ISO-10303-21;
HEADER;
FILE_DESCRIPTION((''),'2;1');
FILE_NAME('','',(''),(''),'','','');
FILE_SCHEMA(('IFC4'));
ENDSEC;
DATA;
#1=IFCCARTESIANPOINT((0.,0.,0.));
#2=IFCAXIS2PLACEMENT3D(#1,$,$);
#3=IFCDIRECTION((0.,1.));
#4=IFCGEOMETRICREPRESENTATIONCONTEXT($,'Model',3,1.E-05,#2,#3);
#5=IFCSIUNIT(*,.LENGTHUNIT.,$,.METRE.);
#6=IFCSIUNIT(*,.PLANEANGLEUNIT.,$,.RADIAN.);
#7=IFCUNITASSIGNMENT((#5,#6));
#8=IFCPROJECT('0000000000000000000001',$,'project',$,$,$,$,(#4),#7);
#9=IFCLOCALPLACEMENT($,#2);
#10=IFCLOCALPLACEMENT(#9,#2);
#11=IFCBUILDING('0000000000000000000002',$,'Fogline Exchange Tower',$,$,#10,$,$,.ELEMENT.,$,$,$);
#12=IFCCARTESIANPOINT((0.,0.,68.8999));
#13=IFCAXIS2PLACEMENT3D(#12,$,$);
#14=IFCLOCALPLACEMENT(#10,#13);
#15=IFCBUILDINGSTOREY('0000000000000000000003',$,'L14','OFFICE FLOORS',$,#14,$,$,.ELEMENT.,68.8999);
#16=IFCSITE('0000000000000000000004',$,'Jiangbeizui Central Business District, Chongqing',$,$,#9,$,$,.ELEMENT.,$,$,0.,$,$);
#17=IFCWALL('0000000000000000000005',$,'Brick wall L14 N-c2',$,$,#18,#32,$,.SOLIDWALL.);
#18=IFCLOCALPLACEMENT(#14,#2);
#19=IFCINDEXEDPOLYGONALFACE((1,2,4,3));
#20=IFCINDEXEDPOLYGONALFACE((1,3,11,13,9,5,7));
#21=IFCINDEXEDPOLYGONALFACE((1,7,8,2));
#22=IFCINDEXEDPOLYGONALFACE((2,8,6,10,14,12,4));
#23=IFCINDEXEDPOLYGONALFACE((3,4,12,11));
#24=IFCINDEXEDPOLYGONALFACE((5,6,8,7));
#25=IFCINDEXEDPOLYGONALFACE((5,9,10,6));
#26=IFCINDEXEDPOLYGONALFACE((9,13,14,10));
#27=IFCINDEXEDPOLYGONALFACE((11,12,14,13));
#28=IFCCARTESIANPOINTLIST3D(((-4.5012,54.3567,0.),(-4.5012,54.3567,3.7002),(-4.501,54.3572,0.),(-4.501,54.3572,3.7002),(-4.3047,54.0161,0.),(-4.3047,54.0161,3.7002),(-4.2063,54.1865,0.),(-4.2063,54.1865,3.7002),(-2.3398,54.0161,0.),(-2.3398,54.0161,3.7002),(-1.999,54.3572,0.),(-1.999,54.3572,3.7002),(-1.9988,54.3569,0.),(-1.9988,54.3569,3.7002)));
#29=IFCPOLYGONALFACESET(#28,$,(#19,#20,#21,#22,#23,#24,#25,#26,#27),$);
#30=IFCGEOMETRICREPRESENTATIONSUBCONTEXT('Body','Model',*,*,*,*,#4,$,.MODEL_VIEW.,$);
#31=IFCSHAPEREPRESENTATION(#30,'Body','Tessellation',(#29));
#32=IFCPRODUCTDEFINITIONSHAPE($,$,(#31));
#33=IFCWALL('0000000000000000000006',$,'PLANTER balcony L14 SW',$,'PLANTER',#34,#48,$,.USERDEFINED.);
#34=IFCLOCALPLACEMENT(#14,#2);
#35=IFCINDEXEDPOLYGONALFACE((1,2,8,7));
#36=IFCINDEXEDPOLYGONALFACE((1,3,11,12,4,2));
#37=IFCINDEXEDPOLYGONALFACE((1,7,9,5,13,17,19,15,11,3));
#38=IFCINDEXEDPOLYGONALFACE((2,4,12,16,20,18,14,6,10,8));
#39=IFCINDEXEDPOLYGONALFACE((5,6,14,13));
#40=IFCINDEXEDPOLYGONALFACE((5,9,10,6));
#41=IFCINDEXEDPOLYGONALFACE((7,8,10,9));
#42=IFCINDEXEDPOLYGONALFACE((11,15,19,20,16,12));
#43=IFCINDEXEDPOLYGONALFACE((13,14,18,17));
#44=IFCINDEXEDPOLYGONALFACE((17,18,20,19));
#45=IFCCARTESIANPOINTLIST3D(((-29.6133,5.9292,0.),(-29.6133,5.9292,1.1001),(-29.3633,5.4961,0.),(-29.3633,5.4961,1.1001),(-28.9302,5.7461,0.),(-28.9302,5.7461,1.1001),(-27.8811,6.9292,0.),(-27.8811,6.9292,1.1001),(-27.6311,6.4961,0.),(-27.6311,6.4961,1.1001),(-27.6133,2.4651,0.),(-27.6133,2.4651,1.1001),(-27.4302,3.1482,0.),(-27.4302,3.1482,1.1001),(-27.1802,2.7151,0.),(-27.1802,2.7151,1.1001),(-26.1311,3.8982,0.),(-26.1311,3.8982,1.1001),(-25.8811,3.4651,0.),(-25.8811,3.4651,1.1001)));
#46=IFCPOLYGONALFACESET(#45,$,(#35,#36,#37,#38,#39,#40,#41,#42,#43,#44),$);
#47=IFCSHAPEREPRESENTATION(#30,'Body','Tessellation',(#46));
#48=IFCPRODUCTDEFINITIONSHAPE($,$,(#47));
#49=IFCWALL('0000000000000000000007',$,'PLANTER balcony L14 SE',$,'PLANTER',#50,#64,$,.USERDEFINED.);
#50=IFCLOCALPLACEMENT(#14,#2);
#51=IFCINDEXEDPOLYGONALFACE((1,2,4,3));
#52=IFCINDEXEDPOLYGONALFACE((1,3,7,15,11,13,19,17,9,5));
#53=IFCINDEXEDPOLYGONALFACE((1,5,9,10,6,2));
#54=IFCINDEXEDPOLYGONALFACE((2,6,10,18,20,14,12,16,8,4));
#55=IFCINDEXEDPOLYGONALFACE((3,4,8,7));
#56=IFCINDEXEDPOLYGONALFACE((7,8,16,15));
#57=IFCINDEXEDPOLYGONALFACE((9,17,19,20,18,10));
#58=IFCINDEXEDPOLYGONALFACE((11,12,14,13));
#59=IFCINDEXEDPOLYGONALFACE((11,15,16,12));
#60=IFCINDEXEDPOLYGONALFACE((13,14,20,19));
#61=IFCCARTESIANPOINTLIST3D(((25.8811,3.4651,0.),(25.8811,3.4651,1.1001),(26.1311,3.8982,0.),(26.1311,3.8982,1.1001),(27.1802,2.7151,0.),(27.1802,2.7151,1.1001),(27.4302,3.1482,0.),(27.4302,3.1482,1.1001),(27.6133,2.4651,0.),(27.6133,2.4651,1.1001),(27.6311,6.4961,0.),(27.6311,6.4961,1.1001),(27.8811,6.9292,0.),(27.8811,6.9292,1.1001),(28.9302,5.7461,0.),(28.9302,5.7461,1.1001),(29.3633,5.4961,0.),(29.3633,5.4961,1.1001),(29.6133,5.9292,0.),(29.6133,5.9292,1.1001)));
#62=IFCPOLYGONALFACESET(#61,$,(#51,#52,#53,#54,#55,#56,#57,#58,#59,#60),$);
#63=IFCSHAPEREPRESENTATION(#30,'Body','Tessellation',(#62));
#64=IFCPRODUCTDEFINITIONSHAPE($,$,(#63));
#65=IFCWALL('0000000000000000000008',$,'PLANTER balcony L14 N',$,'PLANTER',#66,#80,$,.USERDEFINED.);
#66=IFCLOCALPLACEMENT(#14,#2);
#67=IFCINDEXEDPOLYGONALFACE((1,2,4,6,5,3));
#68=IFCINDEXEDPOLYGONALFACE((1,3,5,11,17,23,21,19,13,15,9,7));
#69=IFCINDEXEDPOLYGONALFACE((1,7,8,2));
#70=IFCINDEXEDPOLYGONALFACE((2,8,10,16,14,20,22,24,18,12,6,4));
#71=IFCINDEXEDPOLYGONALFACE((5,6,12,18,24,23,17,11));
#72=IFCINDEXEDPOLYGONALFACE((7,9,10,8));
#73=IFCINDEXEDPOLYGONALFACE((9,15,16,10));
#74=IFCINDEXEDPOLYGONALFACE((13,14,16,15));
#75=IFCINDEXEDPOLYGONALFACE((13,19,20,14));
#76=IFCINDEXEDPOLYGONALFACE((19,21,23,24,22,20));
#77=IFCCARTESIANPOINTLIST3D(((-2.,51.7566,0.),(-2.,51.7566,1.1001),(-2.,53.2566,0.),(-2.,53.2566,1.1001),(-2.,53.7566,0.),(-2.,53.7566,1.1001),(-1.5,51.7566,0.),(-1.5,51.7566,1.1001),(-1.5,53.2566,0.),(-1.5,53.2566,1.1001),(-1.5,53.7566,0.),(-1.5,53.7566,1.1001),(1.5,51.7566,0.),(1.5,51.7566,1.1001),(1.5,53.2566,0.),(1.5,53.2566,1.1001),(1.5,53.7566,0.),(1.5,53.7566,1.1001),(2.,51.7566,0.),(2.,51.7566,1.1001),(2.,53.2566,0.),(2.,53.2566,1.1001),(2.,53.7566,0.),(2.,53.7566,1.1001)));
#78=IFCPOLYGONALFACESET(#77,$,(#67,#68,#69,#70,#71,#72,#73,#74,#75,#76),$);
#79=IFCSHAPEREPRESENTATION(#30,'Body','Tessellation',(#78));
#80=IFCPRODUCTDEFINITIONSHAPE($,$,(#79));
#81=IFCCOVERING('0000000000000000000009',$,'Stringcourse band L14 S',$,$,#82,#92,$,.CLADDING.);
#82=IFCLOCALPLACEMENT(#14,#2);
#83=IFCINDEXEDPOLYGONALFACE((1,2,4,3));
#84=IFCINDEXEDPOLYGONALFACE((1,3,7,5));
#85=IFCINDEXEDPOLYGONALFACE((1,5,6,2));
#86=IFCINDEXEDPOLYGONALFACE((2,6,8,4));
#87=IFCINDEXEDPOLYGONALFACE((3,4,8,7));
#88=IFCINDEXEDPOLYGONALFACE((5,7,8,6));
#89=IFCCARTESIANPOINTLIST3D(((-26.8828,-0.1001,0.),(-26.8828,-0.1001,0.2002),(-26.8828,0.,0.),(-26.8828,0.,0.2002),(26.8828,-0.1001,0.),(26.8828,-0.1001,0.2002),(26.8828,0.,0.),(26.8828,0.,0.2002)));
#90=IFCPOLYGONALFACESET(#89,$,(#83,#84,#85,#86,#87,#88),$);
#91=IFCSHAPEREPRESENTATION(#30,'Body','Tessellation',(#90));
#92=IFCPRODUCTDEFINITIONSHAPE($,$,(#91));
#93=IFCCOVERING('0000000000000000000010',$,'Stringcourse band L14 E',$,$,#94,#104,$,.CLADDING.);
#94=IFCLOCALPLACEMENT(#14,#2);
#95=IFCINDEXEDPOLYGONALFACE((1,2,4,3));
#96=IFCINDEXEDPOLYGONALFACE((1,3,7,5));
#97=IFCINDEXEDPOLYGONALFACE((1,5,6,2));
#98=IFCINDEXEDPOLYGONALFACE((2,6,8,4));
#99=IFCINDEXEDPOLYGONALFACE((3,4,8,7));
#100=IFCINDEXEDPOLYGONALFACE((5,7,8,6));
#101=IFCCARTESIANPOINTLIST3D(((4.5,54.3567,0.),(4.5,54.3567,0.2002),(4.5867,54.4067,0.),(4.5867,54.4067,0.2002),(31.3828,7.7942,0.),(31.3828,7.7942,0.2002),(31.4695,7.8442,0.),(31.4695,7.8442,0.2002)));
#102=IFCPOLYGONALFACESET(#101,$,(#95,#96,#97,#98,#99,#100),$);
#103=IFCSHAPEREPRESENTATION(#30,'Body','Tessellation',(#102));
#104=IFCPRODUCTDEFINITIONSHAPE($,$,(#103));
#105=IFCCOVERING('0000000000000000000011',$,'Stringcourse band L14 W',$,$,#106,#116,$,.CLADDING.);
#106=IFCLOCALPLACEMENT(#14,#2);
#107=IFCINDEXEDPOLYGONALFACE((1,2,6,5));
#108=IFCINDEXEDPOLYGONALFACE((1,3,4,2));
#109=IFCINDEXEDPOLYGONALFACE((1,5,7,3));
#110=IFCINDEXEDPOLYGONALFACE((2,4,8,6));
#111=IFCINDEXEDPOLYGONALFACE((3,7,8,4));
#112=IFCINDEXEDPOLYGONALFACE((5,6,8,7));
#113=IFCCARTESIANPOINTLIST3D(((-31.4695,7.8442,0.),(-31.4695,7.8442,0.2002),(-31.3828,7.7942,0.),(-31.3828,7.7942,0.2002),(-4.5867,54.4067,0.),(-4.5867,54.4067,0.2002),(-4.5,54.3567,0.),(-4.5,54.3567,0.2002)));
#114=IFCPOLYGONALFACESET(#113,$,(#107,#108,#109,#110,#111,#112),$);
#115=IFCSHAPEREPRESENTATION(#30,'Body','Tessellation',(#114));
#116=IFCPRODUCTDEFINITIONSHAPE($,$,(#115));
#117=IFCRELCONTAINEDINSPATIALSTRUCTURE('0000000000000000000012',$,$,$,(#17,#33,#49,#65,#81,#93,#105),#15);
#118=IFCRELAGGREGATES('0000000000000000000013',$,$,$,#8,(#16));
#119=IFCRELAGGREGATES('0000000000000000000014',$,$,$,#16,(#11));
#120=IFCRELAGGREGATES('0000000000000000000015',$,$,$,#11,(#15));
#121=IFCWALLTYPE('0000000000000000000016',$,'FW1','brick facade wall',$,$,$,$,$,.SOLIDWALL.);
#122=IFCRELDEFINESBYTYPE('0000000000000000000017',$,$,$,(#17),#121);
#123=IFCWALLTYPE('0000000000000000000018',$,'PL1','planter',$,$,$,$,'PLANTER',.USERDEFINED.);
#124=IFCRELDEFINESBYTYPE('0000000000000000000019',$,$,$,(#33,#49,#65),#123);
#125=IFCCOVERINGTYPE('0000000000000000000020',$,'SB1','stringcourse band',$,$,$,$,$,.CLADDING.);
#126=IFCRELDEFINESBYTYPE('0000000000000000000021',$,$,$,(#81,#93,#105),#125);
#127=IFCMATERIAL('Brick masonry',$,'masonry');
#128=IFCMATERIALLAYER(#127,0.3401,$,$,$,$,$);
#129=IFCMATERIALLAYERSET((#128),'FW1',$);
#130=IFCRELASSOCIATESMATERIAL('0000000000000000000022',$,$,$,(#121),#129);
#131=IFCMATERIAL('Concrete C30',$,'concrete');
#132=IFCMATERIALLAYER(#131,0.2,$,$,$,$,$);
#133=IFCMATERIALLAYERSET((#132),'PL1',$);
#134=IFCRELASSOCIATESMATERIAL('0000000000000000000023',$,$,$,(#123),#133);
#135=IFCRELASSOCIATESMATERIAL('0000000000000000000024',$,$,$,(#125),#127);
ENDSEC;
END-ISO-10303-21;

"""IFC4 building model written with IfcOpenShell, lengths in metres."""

from ifc_helpers import new_model, si_unit, direction, frame, origin, place, context, subcontext, project, spatial, polyline, outline, extrude, material, layer, layer_set, type_object, element, save


model = new_model("IFC4")

# Units and contexts
model_context = context("Model", 3, precision=1e-05, world=origin(), true_north=direction((0.0, 1.0)))
body_context = subcontext(model_context, "Body", "Model", "MODEL_VIEW")
ifc_project = project(units=[si_unit("LENGTHUNIT", "METRE"), si_unit("PLANEANGLEUNIT", "RADIAN")], contexts=[model_context])

# Site, building, storey
site_placement = place(None, origin())
site = spatial("IfcSite", under=ifc_project, at=site_placement, Name="Jiangbeizui Central Business District, Chongqing", CompositionType="ELEMENT", RefElevation=0.0)
building_placement = place(site_placement, origin())
building = spatial("IfcBuilding", under=site, at=building_placement, Name="Fogline Exchange Tower", CompositionType="ELEMENT")
storey_placement = place(building_placement, frame((0.0, 0.0, 68.8999)))
storey = spatial("IfcBuildingStorey", under=building, at=storey_placement, Name="L14", Description="OFFICE FLOORS", CompositionType="ELEMENT", Elevation=68.8999)

# Walls
ifc_material_1 = material(Name="Brick masonry", Category="masonry")
ifc_layer_1 = layer(ifc_material_1, 0.3401)
ifc_layer_set_1 = layer_set([ifc_layer_1], Name="FW1")
wall_type_1 = type_object("IfcWallType", Name="FW1", Description="brick facade wall", PredefinedType="SOLIDWALL", material=ifc_layer_set_1)
wall_1_placement = place(storey_placement, origin())
element("IfcWall", 1, at=wall_1_placement, inside=storey, type_object=wall_type_1, Name="Brick wall L14 N-c2", PredefinedType="SOLIDWALL", context=body_context, shape_type="SweptSolid", body=[
    extrude(outline(polyline([(-4.3047, 54.0161), (-4.2063, 54.1865), (-4.5012, 54.3567), (-4.501, 54.3572), (-1.999, 54.3572), (-1.9988, 54.3569), (-2.3398, 54.0161), (-4.3047, 54.0161)])), origin(), (0.0, 0.0, 1.0), 3.7002),
])
ifc_material_2 = material(Name="Concrete C30", Category="concrete")
ifc_layer_2 = layer(ifc_material_2, 0.2)
ifc_layer_set_2 = layer_set([ifc_layer_2], Name="PL1")
wall_type_2 = type_object("IfcWallType", Name="PL1", Description="planter", ElementType="PLANTER", PredefinedType="USERDEFINED", material=ifc_layer_set_2)
wall_2_placement = place(storey_placement, origin())
element("IfcWall", 2, at=wall_2_placement, inside=storey, type_object=wall_type_2, Name="PLANTER balcony L14 SW", ObjectType="PLANTER", PredefinedType="USERDEFINED", context=body_context, shape_type="SweptSolid", body=[
    extrude(outline(polyline([(-26.1311, 3.8982), (-27.4302, 3.1482), (-28.9302, 5.7461), (-27.6311, 6.4961), (-27.8811, 6.9292), (-29.6133, 5.9292), (-29.3633, 5.4961), (-27.6133, 2.4651), (-27.1802, 2.7151), (-27.1802, 2.7151), (-25.8811, 3.4651), (-26.1311, 3.8982)])), origin(), (0.0, 0.0, 1.0), 1.1001),
])
wall_3_placement = place(storey_placement, origin())
element("IfcWall", 3, at=wall_3_placement, inside=storey, type_object=wall_type_2, Name="PLANTER balcony L14 SE", ObjectType="PLANTER", PredefinedType="USERDEFINED", context=body_context, shape_type="SweptSolid", body=[
    extrude(outline(polyline([(25.8811, 3.4651), (27.1802, 2.7151), (27.1802, 2.7151), (27.6133, 2.4651), (29.3633, 5.4961), (29.6133, 5.9292), (27.8811, 6.9292), (27.6311, 6.4961), (28.9302, 5.7461), (27.4302, 3.1482), (26.1311, 3.8982), (25.8811, 3.4651)])), origin(), (0.0, 0.0, 1.0), 1.1001),
])
wall_4_placement = place(storey_placement, origin())
element("IfcWall", 4, at=wall_4_placement, inside=storey, type_object=wall_type_2, Name="PLANTER balcony L14 N", ObjectType="PLANTER", PredefinedType="USERDEFINED", context=body_context, shape_type="SweptSolid", body=[
    extrude(outline(polyline([(-1.5, 53.7566), (-2.0, 53.7566), (-2.0, 53.2566), (-2.0, 51.7566), (-1.5, 51.7566), (-1.5, 53.2566), (1.5, 53.2566), (1.5, 51.7566), (2.0, 51.7566), (2.0, 53.2566), (2.0, 53.7566), (1.5, 53.7566), (-1.5, 53.7566)])), origin(), (0.0, 0.0, 1.0), 1.1001),
])

# Coverings
covering_type = type_object("IfcCoveringType", Name="SB1", Description="stringcourse band", PredefinedType="CLADDING", material=ifc_material_1)
covering_1_placement = place(storey_placement, origin())
element("IfcCovering", 5, at=covering_1_placement, inside=storey, type_object=covering_type, Name="Stringcourse band L14 S", PredefinedType="CLADDING", context=body_context, shape_type="SweptSolid", body=[
    extrude(outline(polyline([(-26.8828, 0.0), (-26.8828, -0.1001), (26.8828, -0.1001), (26.8828, 0.0), (-26.8828, 0.0)])), origin(), (0.0, 0.0, 1.0), 0.2002),
])
covering_2_placement = place(storey_placement, origin())
element("IfcCovering", 6, at=covering_2_placement, inside=storey, type_object=covering_type, Name="Stringcourse band L14 E", PredefinedType="CLADDING", context=body_context, shape_type="SweptSolid", body=[
    extrude(outline(polyline([(31.3828, 7.7942), (31.4695, 7.8442), (4.5867, 54.4067), (4.5, 54.3567), (31.3828, 7.7942)])), origin(), (0.0, 0.0, 1.0), 0.2002),
])
covering_3_placement = place(storey_placement, origin())
element("IfcCovering", 7, at=covering_3_placement, inside=storey, type_object=covering_type, Name="Stringcourse band L14 W", PredefinedType="CLADDING", context=body_context, shape_type="SweptSolid", body=[
    extrude(outline(polyline([(-4.5, 54.3567), (-4.5867, 54.4067), (-31.4695, 7.8442), (-31.3828, 7.7942), (-4.5, 54.3567)])), origin(), (0.0, 0.0, 1.0), 0.2002),
])

save(model, "model.ifc")
